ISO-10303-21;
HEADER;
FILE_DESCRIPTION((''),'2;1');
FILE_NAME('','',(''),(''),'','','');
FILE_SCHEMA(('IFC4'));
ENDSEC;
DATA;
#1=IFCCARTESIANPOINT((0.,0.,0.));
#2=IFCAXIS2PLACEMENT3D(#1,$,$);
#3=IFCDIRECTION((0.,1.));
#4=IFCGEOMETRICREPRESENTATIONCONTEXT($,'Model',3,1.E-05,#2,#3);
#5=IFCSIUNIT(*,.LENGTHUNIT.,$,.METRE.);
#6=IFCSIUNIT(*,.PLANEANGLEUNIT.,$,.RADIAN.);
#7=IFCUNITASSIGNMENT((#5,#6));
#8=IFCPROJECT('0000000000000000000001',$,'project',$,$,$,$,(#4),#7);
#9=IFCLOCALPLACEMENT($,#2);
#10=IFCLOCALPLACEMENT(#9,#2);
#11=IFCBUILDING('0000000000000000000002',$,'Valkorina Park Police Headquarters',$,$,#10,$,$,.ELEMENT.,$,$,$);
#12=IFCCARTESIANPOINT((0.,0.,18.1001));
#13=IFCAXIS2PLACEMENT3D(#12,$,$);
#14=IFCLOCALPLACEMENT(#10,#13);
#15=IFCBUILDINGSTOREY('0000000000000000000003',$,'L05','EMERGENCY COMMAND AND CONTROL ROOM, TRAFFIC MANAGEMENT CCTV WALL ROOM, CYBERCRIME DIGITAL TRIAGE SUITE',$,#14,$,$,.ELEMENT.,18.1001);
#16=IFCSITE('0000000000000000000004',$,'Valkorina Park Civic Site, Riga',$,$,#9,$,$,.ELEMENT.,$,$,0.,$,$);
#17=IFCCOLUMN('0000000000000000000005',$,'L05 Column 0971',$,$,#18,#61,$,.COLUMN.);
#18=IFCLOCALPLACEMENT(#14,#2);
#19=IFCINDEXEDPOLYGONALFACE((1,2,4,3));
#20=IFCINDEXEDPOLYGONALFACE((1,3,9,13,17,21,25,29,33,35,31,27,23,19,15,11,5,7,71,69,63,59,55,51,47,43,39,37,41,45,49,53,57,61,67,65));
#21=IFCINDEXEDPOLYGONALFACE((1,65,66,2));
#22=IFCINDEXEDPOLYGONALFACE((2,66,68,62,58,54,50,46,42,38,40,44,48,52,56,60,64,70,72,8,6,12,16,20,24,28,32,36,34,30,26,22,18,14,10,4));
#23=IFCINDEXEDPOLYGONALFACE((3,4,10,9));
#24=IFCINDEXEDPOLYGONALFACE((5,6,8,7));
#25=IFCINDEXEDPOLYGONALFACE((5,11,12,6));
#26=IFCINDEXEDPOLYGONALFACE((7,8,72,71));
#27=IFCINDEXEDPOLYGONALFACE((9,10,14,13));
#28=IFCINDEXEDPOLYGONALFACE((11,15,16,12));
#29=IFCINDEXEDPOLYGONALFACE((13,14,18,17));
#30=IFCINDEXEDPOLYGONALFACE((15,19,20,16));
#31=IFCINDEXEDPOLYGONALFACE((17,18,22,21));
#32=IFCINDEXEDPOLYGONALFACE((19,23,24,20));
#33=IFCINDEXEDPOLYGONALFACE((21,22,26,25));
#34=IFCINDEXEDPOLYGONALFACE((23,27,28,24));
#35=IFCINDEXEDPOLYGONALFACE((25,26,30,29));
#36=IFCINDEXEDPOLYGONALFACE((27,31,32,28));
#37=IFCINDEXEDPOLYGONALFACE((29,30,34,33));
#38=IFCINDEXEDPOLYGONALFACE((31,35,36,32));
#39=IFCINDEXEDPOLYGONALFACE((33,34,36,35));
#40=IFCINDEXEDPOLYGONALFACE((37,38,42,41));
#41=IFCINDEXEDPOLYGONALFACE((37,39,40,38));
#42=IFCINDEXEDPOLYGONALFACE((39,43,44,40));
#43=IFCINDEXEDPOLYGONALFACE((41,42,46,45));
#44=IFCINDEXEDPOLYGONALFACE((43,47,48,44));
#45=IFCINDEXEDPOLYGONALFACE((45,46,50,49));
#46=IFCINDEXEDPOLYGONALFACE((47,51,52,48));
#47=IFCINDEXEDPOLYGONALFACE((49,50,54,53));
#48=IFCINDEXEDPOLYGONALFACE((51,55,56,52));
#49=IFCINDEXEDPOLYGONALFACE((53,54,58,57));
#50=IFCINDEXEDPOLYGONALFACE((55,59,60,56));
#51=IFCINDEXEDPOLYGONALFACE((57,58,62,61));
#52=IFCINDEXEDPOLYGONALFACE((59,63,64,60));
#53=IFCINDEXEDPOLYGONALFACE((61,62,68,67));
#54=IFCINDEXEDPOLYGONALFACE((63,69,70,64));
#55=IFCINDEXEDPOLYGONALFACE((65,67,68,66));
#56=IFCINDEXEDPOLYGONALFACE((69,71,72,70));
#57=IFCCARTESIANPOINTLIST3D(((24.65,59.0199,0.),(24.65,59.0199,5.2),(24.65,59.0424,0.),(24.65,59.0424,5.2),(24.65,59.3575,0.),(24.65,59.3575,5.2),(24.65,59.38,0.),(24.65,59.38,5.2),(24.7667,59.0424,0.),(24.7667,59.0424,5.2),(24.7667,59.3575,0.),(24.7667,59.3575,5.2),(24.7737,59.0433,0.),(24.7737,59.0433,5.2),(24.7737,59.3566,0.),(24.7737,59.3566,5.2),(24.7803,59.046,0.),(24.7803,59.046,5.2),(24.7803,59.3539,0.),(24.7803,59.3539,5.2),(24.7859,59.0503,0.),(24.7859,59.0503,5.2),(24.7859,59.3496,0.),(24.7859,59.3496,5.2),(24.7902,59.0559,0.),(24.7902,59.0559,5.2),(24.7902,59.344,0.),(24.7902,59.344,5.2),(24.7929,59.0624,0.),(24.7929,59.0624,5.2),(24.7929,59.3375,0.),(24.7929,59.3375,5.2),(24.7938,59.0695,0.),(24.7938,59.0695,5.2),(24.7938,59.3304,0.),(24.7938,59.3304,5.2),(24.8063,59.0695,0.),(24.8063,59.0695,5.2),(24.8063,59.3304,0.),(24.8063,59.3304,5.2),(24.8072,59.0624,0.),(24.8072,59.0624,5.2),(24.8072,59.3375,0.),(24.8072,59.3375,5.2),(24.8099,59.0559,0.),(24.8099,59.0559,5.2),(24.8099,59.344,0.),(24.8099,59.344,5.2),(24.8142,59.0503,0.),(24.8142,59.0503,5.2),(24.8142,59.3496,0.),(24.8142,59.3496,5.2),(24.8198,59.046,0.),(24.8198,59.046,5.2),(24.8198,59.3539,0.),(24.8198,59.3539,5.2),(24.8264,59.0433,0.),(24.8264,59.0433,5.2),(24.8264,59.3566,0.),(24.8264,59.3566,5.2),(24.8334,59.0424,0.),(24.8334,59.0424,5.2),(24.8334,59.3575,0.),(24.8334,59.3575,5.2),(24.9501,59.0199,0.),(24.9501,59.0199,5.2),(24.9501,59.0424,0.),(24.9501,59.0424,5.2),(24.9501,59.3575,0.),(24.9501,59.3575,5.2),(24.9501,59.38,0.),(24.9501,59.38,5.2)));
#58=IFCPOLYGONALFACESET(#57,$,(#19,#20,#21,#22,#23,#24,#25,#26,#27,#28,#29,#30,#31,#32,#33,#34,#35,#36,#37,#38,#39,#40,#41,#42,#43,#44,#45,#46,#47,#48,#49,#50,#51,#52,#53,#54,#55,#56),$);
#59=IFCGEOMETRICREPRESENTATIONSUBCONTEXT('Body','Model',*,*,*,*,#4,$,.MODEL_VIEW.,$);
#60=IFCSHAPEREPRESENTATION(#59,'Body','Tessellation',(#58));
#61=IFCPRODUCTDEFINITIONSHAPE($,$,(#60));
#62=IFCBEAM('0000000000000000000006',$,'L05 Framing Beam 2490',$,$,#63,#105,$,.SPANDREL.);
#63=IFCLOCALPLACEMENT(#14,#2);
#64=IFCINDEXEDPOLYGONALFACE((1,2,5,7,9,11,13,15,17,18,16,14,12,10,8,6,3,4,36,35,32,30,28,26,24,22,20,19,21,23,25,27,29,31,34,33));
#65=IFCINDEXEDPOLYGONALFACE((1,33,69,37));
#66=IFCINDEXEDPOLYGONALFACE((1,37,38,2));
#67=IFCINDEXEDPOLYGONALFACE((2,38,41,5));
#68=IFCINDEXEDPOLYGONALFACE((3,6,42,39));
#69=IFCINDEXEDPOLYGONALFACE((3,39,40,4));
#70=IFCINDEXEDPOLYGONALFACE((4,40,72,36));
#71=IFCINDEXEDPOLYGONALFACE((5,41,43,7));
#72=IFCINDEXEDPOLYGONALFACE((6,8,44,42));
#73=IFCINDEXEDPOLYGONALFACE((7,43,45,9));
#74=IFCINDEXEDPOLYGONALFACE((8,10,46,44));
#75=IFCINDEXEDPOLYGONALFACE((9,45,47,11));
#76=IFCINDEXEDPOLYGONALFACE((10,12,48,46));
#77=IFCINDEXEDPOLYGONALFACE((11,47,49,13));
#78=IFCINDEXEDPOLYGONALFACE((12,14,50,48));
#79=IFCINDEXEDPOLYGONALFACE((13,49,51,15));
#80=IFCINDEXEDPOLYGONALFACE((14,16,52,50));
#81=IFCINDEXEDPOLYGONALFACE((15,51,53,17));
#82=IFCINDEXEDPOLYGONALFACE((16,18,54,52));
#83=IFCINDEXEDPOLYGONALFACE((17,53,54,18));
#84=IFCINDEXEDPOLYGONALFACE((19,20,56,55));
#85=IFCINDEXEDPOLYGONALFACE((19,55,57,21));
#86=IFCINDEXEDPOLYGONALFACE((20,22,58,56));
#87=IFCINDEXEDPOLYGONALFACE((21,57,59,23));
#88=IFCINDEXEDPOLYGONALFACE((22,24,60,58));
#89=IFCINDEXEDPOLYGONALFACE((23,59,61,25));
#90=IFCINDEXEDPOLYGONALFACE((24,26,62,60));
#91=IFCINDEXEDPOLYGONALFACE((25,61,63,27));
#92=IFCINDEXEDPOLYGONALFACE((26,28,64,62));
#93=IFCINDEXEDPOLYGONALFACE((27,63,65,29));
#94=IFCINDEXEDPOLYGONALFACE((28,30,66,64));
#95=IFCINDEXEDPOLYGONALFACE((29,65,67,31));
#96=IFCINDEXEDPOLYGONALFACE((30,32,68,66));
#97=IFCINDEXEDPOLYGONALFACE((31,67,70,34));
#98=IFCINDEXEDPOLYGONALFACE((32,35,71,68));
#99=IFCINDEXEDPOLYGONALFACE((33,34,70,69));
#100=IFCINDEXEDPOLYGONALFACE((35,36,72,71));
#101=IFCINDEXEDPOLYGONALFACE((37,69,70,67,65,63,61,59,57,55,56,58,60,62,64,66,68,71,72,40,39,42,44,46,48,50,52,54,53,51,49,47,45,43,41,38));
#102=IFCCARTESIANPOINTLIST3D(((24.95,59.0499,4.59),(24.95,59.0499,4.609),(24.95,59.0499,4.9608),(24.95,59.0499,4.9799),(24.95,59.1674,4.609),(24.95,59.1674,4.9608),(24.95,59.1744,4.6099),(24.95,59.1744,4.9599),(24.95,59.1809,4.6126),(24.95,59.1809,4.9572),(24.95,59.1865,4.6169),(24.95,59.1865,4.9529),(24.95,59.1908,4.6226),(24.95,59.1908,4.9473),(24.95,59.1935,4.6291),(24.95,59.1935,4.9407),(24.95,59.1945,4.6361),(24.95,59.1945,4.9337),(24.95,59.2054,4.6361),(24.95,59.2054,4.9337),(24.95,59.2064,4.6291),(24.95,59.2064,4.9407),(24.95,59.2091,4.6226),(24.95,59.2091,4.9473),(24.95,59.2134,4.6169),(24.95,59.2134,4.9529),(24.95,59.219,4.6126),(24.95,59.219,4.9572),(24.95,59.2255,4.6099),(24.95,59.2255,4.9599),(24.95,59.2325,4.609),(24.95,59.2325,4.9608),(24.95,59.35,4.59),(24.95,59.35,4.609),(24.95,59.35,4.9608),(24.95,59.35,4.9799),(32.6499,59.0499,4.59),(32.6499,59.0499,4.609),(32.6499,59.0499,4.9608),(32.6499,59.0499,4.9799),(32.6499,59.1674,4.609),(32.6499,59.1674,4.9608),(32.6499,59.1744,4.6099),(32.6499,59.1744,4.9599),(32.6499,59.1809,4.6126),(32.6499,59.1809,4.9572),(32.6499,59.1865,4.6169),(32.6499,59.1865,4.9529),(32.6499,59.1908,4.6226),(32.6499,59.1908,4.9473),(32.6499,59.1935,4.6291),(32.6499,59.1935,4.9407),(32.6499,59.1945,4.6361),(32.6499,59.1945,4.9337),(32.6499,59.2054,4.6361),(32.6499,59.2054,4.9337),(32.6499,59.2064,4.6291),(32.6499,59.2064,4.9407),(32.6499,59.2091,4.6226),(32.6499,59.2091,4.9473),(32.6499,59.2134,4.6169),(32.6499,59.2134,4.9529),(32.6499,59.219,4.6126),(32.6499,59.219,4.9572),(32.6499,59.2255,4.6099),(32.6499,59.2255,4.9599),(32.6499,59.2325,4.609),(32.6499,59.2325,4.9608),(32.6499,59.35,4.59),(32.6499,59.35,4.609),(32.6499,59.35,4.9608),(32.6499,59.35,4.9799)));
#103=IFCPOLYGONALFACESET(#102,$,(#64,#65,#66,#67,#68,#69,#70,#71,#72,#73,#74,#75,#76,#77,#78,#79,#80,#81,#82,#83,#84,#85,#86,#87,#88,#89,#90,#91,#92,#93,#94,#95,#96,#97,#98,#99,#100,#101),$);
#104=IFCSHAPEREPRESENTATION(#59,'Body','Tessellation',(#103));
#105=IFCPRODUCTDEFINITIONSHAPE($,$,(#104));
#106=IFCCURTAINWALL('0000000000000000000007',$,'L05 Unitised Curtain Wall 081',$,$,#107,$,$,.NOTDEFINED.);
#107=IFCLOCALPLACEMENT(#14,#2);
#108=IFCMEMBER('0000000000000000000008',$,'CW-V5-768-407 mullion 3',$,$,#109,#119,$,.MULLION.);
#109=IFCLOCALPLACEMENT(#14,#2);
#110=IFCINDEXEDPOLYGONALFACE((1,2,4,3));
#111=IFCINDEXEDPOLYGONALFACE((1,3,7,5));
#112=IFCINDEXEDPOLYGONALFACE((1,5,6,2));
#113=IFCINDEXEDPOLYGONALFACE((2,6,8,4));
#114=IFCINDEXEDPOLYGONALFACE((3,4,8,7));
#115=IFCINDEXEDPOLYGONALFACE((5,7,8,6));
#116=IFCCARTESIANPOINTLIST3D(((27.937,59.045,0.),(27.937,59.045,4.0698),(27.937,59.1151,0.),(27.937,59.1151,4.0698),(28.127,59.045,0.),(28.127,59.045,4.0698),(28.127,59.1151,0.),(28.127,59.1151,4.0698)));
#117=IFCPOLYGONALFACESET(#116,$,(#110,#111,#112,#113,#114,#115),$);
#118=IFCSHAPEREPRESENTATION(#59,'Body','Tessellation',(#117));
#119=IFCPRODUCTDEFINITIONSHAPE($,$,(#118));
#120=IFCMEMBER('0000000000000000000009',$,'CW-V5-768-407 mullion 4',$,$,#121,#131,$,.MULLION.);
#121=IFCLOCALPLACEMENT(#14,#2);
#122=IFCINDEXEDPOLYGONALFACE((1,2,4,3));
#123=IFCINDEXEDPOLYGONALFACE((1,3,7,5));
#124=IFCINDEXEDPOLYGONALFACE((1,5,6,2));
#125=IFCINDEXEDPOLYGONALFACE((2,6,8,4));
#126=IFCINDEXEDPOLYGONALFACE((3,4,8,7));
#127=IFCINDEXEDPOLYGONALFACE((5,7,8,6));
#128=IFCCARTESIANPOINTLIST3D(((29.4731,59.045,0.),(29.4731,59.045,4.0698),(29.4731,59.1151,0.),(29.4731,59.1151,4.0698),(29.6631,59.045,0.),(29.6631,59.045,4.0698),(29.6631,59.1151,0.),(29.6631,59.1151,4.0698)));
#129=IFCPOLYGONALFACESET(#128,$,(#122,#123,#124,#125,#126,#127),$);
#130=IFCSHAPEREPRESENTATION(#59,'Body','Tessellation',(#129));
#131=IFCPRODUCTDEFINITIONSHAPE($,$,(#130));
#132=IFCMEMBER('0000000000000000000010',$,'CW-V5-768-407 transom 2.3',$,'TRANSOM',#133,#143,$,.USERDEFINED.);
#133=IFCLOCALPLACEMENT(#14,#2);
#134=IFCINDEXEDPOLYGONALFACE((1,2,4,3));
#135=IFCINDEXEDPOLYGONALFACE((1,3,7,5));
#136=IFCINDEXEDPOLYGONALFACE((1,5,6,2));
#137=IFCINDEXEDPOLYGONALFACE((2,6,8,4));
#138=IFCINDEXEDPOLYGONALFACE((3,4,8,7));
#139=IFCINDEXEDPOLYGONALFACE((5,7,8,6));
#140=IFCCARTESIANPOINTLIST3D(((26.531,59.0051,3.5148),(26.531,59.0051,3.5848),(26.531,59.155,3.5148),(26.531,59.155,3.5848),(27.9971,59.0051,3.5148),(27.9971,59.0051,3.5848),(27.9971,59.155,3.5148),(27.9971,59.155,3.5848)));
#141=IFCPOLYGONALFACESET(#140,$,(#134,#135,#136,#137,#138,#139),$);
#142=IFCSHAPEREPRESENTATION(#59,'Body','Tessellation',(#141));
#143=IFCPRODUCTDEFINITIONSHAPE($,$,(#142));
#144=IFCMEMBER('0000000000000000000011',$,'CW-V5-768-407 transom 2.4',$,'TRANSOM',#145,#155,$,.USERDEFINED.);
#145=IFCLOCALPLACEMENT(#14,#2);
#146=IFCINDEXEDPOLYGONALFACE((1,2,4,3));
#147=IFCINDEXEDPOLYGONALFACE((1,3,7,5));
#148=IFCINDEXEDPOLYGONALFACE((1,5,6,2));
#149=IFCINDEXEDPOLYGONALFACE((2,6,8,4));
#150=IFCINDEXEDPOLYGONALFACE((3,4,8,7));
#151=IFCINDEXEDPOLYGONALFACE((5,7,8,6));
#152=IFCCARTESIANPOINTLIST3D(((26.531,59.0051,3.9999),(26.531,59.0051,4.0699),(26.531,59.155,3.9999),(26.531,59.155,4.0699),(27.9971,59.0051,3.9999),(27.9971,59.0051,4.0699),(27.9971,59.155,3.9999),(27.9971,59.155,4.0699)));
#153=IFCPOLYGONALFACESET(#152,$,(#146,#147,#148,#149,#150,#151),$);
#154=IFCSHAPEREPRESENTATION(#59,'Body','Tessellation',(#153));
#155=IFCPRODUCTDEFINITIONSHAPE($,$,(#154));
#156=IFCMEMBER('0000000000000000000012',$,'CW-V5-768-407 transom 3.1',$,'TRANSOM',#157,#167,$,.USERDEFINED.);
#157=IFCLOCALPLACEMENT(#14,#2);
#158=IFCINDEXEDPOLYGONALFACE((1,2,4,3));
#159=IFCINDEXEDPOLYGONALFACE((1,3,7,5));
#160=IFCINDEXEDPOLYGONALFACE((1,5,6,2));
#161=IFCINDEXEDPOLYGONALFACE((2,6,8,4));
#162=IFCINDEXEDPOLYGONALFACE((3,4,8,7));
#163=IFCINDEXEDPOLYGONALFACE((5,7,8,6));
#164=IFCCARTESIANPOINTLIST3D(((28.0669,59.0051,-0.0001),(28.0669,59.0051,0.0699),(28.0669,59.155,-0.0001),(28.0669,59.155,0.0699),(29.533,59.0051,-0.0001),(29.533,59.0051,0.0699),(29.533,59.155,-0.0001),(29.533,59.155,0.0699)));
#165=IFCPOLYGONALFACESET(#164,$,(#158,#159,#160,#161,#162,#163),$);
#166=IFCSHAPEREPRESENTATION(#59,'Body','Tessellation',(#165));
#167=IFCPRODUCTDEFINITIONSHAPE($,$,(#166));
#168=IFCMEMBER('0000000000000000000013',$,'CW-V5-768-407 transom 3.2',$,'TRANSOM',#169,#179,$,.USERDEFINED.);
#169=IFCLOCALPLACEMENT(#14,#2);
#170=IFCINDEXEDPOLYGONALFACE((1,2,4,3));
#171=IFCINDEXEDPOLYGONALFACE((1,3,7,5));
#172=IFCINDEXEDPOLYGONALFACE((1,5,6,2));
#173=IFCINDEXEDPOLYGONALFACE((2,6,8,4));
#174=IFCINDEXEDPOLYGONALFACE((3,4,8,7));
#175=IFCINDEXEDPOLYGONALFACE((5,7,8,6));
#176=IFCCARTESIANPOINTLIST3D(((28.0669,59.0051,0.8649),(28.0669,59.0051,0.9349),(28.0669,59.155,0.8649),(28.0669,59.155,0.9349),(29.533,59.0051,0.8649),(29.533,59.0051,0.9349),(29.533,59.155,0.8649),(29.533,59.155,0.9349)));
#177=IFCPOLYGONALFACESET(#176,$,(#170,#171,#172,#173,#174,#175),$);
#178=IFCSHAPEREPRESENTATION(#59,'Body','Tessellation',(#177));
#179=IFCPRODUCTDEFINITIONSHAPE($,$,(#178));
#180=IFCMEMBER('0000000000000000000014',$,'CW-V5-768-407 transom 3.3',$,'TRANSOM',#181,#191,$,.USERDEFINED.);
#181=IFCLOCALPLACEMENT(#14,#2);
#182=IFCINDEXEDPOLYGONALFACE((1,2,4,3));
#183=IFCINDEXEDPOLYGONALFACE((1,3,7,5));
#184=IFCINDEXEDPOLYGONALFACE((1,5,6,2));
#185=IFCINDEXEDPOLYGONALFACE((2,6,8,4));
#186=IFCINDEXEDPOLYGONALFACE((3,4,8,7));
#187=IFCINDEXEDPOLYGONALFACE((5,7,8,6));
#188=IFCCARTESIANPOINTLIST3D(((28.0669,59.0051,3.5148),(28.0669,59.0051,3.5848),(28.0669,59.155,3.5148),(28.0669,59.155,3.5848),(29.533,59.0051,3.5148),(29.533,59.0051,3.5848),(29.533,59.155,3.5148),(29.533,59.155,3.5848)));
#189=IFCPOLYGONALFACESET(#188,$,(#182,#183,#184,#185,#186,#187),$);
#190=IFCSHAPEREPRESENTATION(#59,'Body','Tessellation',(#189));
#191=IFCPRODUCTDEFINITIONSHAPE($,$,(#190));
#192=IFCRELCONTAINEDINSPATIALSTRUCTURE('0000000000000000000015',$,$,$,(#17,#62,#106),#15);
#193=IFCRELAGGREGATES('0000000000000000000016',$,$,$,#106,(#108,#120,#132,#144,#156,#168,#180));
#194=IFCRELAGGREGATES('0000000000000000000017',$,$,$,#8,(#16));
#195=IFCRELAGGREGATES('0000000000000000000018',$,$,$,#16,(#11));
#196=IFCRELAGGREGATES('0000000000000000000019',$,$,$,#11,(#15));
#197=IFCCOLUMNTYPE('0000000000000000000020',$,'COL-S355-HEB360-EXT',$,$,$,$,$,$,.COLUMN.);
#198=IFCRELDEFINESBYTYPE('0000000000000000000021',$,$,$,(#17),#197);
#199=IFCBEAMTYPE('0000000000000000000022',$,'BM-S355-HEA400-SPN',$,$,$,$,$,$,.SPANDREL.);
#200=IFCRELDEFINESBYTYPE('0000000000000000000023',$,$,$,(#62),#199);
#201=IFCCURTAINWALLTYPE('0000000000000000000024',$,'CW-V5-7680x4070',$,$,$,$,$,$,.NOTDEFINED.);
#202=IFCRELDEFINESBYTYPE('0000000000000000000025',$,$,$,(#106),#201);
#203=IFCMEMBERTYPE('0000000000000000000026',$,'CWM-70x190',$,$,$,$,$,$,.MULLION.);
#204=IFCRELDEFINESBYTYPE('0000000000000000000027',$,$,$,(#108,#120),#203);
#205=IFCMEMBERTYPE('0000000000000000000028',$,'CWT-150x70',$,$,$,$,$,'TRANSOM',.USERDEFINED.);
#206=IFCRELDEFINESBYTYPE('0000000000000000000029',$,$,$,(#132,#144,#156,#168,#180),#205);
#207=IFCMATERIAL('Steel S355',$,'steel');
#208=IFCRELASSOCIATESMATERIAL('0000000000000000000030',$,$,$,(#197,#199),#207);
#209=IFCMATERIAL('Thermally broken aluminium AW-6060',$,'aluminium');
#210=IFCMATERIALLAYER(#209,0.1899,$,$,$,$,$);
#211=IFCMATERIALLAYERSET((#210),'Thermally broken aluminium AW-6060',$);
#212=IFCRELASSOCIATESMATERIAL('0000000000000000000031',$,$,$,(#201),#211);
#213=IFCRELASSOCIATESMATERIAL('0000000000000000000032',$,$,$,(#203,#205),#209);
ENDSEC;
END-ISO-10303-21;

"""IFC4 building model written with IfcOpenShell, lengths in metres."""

from ifc_helpers import new_model, si_unit, direction, frame, origin, origin_2d, place, context, subcontext, project, spatial, rectangle, i_section, extrude, material, layer, layer_set, material_profile, profile_set, type_object, element, aggregate, save


model = new_model("IFC4")

# Units and contexts
model_context = context("Model", 3, precision=1e-05, world=origin(), true_north=direction((0.0, 1.0)))
body_context = subcontext(model_context, "Body", "Model", "MODEL_VIEW")
ifc_project = project(units=[si_unit("LENGTHUNIT", "METRE"), si_unit("PLANEANGLEUNIT", "RADIAN")], contexts=[model_context])

# Site, building, storey
site_placement = place(None, origin())
site = spatial("IfcSite", under=ifc_project, at=site_placement, Name="Valkorina Park Civic Site, Riga", CompositionType="ELEMENT", RefElevation=0.0)
building_placement = place(site_placement, origin())
building = spatial("IfcBuilding", under=site, at=building_placement, Name="Valkorina Park Police Headquarters", CompositionType="ELEMENT")
storey_placement = place(building_placement, frame((0.0, 0.0, 18.1001)))
storey = spatial("IfcBuildingStorey", under=building, at=storey_placement, Name="L05", Description="EMERGENCY COMMAND AND CONTROL ROOM, TRAFFIC MANAGEMENT CCTV WALL ROOM, CYBERCRIME DIGITAL TRIAGE SUITE", CompositionType="ELEMENT", Elevation=18.1001)

# Column
ifc_material_1 = material(Name="Steel S355", Category="steel")
ifc_material_profile_1 = material_profile(ifc_material_1, i_section(OverallWidth=0.3, OverallDepth=0.3601, WebThickness=0.0125, FlangeThickness=0.0225, FilletRadius=0.0271, at=origin_2d()), Name="HEB 360")
ifc_profile_set_1 = profile_set([ifc_material_profile_1], Name="Steel S355")
column_type = type_object("IfcColumnType", Name="COL-S355-HEB360-EXT", PredefinedType="COLUMN", material=ifc_profile_set_1)
column_placement = place(storey_placement, frame((24.8, 59.2, 0.0), z_axis=(0.0, 0.0, 1.0), x_axis=(1.0, 0.0, 0.0)))
element("IfcColumn", 1, at=column_placement, inside=storey, type_object=column_type, Name="L05 Column 0971", PredefinedType="COLUMN", context=body_context, shape_type="SweptSolid", body=[
    extrude(i_section(OverallWidth=0.3, OverallDepth=0.3601, WebThickness=0.0125, FlangeThickness=0.0225, FilletRadius=0.0271, at=origin_2d()), origin(), (0.0, 0.0, 1.0), 5.2),
])

# Beam
ifc_material_profile_2 = material_profile(ifc_material_1, i_section(OverallWidth=0.3, OverallDepth=0.3899, WebThickness=0.011, FlangeThickness=0.019, FilletRadius=0.0271, at=origin_2d()), Name="HEA 400")
ifc_profile_set_2 = profile_set([ifc_material_profile_2], Name="Steel S355")
beam_type = type_object("IfcBeamType", Name="BM-S355-HEA400-SPN", PredefinedType="SPANDREL", material=ifc_profile_set_2)
beam_placement = place(storey_placement, frame((24.95, 59.2, 4.7849), z_axis=(1.0, 0.0, 0.0), x_axis=(0.0, 1.0, 0.0)))
element("IfcBeam", 2, at=beam_placement, inside=storey, type_object=beam_type, Name="L05 Framing Beam 2490", PredefinedType="SPANDREL", context=body_context, shape_type="SweptSolid", body=[
    extrude(i_section(OverallWidth=0.3, OverallDepth=0.3899, WebThickness=0.011, FlangeThickness=0.019, FilletRadius=0.0271, at=origin_2d()), origin(), (0.0, 0.0, 1.0), 7.7),
])

# Curtain wall, members
ifc_material_2 = material(Name="Thermally broken aluminium AW-6060", Category="aluminium")
ifc_layer_1 = layer(ifc_material_2, 0.1899)
ifc_layer_set_1 = layer_set([ifc_layer_1], Name="Thermally broken aluminium AW-6060")
curtain_wall_type = type_object("IfcCurtainWallType", Name="CW-V5-7680x4070", PredefinedType="NOTDEFINED", material=ifc_layer_set_1)
curtain_wall_placement = place(storey_placement, origin())
curtain_wall = element("IfcCurtainWall", 3, at=curtain_wall_placement, inside=storey, type_object=curtain_wall_type, Name="L05 Unitised Curtain Wall 081", PredefinedType="NOTDEFINED")
ifc_material_profile_3 = material_profile(ifc_material_2, rectangle(XDim=0.0701, YDim=0.1899, at=origin_2d()), Name="CWM-02 70x190")
ifc_profile_set_3 = profile_set([ifc_material_profile_3], Name="Thermally broken aluminium AW-6060")
member_type_1 = type_object("IfcMemberType", Name="CWM-70x190", PredefinedType="MULLION", material=ifc_profile_set_3)
member_1_placement = place(storey_placement, frame((28.032, 59.0801, 0.0), z_axis=(0.0, 0.0, 1.0), x_axis=(0.0, 1.0, 0.0)))
member_1 = element("IfcMember", 4, at=member_1_placement, type_object=member_type_1, Name="CW-V5-768-407 mullion 3", PredefinedType="MULLION", context=body_context, shape_type="SweptSolid", body=[
    extrude(rectangle(XDim=0.0701, YDim=0.1899, at=origin_2d()), origin(), (0.0, 0.0, 1.0), 4.0698),
])
member_2_placement = place(storey_placement, frame((29.5681, 59.0801, 0.0), z_axis=(0.0, 0.0, 1.0), x_axis=(0.0, 1.0, 0.0)))
member_2 = element("IfcMember", 5, at=member_2_placement, type_object=member_type_1, Name="CW-V5-768-407 mullion 4", PredefinedType="MULLION", context=body_context, shape_type="SweptSolid", body=[
    extrude(rectangle(XDim=0.0701, YDim=0.1899, at=origin_2d()), origin(), (0.0, 0.0, 1.0), 4.0698),
])
ifc_material_profile_4 = material_profile(ifc_material_2, rectangle(XDim=0.1499, YDim=0.0701, at=origin_2d()), Name="CWT-02 150x70")
ifc_profile_set_4 = profile_set([ifc_material_profile_4], Name="Thermally broken aluminium AW-6060")
member_type_2 = type_object("IfcMemberType", Name="CWT-150x70", ElementType="TRANSOM", PredefinedType="USERDEFINED", material=ifc_profile_set_4)
member_3_placement = place(storey_placement, frame((26.531, 59.0801, 3.5498), z_axis=(1.0, 0.0, 0.0), x_axis=(0.0, 1.0, 0.0)))
member_3 = element("IfcMember", 6, at=member_3_placement, type_object=member_type_2, Name="CW-V5-768-407 transom 2.3", ObjectType="TRANSOM", PredefinedType="USERDEFINED", context=body_context, shape_type="SweptSolid", body=[
    extrude(rectangle(XDim=0.1499, YDim=0.0701, at=origin_2d()), origin(), (0.0, 0.0, 1.0), 1.4661),
])
member_4_placement = place(storey_placement, frame((26.531, 59.0801, 4.0349), z_axis=(1.0, 0.0, 0.0), x_axis=(0.0, 1.0, 0.0)))
member_4 = element("IfcMember", 7, at=member_4_placement, type_object=member_type_2, Name="CW-V5-768-407 transom 2.4", ObjectType="TRANSOM", PredefinedType="USERDEFINED", context=body_context, shape_type="SweptSolid", body=[
    extrude(rectangle(XDim=0.1499, YDim=0.0701, at=origin_2d()), origin(), (0.0, 0.0, 1.0), 1.4661),
])
member_5_placement = place(storey_placement, frame((28.0669, 59.0801, 0.0349), z_axis=(1.0, 0.0, 0.0), x_axis=(0.0, 1.0, 0.0)))
member_5 = element("IfcMember", 8, at=member_5_placement, type_object=member_type_2, Name="CW-V5-768-407 transom 3.1", ObjectType="TRANSOM", PredefinedType="USERDEFINED", context=body_context, shape_type="SweptSolid", body=[
    extrude(rectangle(XDim=0.1499, YDim=0.0701, at=origin_2d()), origin(), (0.0, 0.0, 1.0), 1.4661),
])
member_6_placement = place(storey_placement, frame((28.0669, 59.0801, 0.8999), z_axis=(1.0, 0.0, 0.0), x_axis=(0.0, 1.0, 0.0)))
member_6 = element("IfcMember", 9, at=member_6_placement, type_object=member_type_2, Name="CW-V5-768-407 transom 3.2", ObjectType="TRANSOM", PredefinedType="USERDEFINED", context=body_context, shape_type="SweptSolid", body=[
    extrude(rectangle(XDim=0.1499, YDim=0.0701, at=origin_2d()), origin(), (0.0, 0.0, 1.0), 1.4661),
])
member_7_placement = place(storey_placement, frame((28.0669, 59.0801, 3.5498), z_axis=(1.0, 0.0, 0.0), x_axis=(0.0, 1.0, 0.0)))
member_7 = element("IfcMember", 10, at=member_7_placement, type_object=member_type_2, Name="CW-V5-768-407 transom 3.3", ObjectType="TRANSOM", PredefinedType="USERDEFINED", context=body_context, shape_type="SweptSolid", body=[
    extrude(rectangle(XDim=0.1499, YDim=0.0701, at=origin_2d()), origin(), (0.0, 0.0, 1.0), 1.4661),
])
aggregate(curtain_wall, [member_1, member_2, member_3, member_4, member_5, member_6, member_7])

save(model, "model.ifc")
